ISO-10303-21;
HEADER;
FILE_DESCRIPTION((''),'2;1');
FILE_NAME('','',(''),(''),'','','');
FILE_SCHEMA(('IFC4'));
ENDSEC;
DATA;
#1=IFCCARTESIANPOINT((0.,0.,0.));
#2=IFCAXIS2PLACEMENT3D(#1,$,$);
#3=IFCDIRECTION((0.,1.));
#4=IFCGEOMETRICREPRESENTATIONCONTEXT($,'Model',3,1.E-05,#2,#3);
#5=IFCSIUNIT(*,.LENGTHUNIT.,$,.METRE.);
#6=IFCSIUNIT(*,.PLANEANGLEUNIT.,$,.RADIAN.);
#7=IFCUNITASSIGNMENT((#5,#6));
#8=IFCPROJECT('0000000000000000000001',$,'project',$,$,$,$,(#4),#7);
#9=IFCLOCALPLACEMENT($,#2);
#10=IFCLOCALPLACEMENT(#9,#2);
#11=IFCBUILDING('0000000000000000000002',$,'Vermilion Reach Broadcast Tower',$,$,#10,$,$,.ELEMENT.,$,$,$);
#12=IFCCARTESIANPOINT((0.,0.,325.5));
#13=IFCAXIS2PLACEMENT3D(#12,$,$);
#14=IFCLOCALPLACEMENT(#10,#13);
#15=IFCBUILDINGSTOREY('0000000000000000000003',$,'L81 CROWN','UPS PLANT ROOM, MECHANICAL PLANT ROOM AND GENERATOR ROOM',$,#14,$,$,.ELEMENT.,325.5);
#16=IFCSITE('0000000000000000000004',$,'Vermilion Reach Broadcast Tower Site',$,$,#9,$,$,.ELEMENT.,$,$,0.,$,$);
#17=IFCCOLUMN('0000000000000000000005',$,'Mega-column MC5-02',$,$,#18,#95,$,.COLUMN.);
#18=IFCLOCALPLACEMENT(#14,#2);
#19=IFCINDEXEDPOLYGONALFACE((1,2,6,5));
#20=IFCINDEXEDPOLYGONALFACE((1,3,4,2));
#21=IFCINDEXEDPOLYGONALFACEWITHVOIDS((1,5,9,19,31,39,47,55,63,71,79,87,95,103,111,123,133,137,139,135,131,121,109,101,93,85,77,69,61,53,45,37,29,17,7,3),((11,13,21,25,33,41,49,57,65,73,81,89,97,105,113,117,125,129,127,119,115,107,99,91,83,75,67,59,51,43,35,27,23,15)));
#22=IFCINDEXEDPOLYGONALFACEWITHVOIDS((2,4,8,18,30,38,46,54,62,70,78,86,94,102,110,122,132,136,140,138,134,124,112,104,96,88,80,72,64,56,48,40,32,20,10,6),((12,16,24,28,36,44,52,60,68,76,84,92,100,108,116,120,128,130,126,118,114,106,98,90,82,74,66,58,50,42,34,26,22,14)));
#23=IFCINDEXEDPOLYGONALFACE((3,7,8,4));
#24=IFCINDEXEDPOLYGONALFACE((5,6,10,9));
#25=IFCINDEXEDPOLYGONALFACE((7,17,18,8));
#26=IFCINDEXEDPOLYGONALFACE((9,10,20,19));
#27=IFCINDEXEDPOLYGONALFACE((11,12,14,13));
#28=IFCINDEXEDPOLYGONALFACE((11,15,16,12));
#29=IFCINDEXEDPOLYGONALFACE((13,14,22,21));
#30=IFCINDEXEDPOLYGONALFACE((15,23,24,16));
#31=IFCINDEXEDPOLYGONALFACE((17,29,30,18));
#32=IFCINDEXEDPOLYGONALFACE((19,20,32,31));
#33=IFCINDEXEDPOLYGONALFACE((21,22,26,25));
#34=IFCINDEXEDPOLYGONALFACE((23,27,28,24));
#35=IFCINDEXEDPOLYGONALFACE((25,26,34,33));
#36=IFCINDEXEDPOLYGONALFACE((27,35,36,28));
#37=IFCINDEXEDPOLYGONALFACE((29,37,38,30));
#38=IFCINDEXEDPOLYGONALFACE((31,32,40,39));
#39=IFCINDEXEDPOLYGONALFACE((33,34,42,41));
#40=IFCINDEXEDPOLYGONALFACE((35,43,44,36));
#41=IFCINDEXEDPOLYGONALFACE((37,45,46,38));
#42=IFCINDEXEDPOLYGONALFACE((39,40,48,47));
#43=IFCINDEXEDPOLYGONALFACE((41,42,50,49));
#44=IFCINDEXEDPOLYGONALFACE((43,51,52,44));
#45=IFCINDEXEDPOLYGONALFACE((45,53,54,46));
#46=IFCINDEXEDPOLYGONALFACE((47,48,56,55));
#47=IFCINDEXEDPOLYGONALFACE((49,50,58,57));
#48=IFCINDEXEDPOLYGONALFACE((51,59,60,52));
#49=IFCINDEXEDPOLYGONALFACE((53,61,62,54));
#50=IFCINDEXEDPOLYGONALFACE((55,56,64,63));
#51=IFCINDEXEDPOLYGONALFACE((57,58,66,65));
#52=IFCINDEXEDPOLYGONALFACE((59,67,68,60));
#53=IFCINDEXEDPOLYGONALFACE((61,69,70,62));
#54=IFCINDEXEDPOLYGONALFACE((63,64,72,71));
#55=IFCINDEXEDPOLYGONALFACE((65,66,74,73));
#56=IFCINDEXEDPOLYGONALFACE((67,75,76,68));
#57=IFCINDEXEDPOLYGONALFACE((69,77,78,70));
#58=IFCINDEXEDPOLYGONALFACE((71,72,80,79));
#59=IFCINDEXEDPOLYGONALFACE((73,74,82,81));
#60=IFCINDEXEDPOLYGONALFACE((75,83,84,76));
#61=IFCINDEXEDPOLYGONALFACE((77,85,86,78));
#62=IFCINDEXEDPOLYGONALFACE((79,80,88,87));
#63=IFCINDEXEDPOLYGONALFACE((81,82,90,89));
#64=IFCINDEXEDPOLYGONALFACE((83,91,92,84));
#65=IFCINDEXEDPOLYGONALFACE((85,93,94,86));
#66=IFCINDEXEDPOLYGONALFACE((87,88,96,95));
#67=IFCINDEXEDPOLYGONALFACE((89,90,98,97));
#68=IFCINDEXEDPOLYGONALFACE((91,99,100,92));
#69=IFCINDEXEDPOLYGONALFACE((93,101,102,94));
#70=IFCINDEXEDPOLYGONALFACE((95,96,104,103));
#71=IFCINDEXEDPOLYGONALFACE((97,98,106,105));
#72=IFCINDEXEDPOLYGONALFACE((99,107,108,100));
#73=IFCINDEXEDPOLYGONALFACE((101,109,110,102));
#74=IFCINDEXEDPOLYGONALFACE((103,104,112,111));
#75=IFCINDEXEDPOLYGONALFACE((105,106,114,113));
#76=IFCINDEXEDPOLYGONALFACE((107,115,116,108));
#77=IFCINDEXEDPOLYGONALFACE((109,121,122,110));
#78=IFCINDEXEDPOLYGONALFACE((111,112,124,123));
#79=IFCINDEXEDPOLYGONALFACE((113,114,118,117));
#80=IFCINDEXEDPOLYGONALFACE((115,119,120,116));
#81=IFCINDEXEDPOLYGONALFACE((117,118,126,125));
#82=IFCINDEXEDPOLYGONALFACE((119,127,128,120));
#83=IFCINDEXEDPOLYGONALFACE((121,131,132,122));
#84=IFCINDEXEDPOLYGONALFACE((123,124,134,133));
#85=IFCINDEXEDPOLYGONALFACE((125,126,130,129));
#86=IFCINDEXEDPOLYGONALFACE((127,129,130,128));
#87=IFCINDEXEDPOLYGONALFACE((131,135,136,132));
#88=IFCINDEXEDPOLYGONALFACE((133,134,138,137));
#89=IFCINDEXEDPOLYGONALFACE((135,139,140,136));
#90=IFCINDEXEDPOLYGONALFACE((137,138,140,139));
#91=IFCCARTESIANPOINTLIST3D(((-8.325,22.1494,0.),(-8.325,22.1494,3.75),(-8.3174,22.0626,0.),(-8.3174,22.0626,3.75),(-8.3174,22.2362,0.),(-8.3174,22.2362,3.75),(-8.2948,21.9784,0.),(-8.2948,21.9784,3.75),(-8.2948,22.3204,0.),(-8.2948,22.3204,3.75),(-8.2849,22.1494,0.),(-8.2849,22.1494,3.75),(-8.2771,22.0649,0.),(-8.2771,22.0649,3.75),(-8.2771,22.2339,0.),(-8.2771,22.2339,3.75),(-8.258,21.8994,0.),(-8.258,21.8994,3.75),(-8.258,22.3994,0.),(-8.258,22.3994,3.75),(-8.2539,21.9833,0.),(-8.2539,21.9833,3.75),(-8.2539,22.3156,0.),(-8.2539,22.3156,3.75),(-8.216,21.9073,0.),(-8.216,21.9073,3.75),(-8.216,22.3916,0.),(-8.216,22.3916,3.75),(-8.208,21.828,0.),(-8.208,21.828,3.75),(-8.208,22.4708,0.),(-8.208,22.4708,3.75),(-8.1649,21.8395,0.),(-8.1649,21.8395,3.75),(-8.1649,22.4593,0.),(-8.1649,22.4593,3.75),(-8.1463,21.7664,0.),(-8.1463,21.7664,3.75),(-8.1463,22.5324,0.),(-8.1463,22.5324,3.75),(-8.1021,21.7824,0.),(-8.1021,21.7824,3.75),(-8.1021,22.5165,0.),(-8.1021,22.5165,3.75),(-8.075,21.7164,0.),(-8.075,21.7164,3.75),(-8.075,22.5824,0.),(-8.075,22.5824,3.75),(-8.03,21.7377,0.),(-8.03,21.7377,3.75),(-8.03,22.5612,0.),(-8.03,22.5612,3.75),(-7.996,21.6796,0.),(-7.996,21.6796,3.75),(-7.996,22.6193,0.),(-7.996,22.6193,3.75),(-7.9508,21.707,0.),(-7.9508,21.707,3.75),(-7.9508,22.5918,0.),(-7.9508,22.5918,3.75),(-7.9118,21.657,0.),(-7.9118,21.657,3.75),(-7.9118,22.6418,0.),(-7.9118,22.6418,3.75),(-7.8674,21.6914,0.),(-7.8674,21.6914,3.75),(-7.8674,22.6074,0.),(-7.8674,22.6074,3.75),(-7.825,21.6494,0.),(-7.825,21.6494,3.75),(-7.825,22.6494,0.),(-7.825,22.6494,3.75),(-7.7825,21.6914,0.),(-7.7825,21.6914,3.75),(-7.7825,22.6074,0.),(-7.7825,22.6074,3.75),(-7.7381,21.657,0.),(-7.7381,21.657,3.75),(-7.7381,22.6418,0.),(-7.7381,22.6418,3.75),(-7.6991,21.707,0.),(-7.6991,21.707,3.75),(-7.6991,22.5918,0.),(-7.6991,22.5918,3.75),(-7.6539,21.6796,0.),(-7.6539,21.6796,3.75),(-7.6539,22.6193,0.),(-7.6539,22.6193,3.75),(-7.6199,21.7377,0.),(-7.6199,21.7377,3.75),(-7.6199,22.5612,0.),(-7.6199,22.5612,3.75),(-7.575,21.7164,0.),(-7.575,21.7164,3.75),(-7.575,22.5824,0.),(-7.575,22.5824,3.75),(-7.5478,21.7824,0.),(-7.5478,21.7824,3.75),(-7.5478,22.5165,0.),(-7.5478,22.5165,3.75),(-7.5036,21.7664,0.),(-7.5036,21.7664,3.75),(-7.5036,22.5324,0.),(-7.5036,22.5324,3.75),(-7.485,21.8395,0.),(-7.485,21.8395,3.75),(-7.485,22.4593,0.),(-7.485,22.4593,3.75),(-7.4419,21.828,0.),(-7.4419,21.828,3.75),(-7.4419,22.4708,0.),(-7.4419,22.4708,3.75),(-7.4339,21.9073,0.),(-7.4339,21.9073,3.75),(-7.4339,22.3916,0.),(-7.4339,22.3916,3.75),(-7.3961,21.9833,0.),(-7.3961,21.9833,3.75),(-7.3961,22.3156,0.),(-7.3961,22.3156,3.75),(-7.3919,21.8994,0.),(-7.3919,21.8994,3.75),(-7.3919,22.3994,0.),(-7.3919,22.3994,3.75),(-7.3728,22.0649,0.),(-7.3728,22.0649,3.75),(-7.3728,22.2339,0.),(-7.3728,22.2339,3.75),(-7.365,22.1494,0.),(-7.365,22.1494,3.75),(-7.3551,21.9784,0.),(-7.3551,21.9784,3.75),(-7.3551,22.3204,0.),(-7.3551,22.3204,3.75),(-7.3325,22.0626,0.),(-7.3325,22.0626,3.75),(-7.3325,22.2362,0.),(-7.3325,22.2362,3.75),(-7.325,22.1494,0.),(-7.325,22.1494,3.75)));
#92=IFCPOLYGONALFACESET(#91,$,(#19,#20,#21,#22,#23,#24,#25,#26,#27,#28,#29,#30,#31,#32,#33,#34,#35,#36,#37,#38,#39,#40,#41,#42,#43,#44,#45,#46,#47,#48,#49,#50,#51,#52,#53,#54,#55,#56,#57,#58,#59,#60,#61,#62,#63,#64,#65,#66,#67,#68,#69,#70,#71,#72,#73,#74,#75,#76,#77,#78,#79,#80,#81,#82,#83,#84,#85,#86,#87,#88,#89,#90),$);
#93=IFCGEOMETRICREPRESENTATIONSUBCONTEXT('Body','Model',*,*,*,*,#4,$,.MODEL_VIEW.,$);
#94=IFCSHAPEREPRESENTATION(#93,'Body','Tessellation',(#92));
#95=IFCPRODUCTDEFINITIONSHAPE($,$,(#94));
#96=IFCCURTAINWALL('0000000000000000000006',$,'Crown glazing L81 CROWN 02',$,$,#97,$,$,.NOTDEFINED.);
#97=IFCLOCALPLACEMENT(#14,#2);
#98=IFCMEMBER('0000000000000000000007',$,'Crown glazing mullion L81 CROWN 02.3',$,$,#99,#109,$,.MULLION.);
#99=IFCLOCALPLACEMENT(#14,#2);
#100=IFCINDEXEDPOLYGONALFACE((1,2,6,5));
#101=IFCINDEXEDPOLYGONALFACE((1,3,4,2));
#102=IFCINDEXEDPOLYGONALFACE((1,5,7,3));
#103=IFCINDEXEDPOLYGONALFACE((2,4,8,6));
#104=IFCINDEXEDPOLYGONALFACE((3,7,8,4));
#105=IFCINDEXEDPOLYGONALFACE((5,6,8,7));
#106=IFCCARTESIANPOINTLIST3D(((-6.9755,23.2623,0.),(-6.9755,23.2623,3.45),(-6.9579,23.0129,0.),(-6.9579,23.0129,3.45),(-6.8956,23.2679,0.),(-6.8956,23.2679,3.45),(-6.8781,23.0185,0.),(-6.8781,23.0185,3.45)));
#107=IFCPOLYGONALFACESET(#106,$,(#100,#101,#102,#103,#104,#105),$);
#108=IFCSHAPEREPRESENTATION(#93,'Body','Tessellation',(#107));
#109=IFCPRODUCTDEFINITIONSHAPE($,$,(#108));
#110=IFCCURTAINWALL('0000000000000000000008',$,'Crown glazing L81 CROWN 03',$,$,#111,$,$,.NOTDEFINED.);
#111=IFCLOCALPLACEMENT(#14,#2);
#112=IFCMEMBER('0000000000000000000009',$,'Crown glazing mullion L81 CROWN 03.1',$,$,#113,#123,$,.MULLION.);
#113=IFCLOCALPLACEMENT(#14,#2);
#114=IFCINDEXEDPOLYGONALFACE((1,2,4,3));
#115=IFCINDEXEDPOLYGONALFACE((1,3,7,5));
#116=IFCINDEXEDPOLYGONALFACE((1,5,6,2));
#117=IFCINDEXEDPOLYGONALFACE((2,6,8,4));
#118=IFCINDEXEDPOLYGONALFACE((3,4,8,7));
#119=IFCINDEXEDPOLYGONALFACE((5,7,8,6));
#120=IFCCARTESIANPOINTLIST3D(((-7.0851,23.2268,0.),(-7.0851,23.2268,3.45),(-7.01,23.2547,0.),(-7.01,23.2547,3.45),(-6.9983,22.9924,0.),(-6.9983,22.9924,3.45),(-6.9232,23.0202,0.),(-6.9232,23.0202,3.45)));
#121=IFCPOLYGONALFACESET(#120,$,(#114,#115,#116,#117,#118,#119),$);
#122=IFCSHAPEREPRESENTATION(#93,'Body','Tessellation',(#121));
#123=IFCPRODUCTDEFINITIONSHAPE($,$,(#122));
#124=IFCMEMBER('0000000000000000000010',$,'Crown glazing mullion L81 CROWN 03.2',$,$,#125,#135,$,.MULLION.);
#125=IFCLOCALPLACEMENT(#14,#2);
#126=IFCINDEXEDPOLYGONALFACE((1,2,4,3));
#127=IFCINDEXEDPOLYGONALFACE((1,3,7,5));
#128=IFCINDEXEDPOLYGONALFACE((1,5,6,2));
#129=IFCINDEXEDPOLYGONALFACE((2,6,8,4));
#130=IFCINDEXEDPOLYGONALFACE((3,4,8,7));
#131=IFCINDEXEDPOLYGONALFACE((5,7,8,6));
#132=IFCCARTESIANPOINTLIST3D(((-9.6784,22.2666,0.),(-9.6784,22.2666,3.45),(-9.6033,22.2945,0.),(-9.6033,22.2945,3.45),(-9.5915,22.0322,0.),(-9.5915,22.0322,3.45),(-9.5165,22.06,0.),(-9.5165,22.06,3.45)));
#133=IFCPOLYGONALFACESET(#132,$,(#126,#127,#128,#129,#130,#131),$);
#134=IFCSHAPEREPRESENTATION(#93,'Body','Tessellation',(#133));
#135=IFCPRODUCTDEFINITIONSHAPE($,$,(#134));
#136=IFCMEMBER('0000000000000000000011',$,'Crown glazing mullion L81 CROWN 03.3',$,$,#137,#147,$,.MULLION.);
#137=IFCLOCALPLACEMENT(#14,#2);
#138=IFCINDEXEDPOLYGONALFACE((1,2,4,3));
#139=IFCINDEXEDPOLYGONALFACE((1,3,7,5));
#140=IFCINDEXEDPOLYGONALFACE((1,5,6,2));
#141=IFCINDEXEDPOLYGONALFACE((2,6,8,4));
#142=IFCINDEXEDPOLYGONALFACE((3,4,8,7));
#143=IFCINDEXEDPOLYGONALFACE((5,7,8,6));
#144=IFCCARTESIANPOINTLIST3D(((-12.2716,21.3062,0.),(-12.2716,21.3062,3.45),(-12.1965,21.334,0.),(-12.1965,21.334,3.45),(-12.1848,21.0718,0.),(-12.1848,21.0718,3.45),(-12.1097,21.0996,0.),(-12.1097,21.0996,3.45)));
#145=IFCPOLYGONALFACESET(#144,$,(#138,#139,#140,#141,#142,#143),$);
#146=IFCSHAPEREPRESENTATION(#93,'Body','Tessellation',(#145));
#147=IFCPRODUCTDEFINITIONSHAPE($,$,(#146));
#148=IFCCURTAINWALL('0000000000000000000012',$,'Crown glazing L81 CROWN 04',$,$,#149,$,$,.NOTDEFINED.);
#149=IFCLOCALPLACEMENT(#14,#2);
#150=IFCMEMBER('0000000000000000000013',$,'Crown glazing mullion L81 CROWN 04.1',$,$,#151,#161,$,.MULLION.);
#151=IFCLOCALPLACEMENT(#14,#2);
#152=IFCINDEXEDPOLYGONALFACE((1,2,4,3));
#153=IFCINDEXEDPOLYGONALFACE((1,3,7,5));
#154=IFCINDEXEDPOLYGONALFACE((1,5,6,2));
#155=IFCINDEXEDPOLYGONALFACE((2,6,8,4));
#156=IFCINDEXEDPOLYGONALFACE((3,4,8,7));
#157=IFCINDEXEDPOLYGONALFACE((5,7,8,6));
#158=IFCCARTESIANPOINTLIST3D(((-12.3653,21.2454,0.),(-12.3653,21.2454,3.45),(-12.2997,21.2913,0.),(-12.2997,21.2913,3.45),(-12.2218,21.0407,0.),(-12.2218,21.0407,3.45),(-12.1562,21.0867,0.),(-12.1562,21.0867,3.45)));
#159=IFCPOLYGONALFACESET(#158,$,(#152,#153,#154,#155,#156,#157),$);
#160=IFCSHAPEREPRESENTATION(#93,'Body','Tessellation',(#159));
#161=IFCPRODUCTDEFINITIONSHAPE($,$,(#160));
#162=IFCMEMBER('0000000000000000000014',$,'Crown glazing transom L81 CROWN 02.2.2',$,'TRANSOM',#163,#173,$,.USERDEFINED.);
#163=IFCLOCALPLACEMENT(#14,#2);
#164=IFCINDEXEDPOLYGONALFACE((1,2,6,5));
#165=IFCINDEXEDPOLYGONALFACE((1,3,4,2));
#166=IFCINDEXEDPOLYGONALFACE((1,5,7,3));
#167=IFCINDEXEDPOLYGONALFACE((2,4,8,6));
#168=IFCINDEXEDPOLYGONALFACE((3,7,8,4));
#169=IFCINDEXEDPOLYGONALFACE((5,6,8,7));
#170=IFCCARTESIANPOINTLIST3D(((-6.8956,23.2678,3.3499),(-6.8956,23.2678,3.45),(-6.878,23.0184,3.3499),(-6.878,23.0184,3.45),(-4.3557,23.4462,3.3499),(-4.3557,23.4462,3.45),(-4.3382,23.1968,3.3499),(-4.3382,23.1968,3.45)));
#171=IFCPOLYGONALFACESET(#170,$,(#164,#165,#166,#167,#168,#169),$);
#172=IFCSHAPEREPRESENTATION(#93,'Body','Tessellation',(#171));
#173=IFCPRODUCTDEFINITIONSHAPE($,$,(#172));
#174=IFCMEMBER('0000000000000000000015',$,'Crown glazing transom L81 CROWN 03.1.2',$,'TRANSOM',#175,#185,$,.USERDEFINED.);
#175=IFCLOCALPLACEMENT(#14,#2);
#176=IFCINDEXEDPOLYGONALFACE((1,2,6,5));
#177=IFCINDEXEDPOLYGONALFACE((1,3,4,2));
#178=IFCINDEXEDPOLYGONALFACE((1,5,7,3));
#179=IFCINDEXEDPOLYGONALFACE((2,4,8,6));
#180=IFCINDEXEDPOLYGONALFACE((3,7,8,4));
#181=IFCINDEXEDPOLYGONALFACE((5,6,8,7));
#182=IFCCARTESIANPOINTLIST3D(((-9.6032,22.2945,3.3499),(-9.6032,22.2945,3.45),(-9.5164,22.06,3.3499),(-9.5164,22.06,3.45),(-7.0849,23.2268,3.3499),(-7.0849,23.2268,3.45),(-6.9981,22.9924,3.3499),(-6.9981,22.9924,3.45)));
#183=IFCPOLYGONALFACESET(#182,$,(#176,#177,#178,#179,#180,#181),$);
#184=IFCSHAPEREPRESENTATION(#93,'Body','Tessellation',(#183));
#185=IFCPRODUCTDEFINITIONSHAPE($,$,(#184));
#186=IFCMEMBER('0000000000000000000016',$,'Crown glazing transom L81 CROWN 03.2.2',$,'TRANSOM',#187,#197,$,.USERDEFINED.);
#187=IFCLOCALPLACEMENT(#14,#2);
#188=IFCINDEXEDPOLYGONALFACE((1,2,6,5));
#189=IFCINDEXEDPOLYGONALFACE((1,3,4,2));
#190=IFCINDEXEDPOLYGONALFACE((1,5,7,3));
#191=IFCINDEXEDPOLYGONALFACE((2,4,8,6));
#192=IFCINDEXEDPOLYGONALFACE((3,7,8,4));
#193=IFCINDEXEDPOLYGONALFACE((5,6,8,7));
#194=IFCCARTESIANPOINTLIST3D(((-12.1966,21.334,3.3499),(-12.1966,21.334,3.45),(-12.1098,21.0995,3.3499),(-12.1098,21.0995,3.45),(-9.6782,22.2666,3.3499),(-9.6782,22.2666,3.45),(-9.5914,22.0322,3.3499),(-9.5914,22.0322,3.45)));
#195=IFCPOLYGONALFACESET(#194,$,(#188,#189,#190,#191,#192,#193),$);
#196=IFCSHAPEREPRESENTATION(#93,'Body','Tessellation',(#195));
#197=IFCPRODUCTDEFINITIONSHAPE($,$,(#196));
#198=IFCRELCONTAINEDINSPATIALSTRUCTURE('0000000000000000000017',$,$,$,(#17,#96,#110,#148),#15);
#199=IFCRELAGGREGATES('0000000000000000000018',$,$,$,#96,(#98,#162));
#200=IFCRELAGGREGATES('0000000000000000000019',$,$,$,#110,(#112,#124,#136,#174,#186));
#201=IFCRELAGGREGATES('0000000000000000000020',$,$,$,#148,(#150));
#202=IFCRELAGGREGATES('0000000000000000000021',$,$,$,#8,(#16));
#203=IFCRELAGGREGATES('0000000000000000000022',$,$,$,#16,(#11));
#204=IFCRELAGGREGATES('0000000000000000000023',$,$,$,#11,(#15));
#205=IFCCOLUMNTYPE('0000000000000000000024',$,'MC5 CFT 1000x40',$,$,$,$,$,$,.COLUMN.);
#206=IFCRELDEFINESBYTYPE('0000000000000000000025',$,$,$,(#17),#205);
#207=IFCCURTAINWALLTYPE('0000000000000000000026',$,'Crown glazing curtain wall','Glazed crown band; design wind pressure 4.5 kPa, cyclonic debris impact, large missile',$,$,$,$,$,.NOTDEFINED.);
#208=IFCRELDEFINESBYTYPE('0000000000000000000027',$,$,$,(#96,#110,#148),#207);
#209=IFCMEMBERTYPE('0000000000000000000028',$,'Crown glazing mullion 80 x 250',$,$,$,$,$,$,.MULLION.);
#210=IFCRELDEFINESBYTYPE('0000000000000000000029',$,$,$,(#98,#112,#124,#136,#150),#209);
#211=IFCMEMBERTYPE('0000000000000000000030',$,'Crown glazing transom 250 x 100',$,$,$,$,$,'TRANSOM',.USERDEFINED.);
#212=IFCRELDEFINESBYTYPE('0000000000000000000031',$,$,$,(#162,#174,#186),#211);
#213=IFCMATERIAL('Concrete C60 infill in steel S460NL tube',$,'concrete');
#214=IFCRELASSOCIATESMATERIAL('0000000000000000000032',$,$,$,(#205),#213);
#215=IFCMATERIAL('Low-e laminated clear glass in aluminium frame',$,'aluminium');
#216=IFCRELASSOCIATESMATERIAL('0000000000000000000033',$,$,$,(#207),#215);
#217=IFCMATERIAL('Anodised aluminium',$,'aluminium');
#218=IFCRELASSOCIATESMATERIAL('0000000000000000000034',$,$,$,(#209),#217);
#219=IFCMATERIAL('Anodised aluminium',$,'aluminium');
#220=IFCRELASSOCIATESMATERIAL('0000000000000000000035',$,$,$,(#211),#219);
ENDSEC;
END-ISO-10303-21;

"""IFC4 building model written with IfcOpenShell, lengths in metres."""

from ifc_helpers import new_model, si_unit, direction, frame, origin, origin_2d, place, context, subcontext, project, spatial, rectangle, hollow_circle, extrude, material, material_profile, profile_set, type_object, element, aggregate, save


model = new_model("IFC4")

# Units and contexts
model_context = context("Model", 3, precision=1e-05, world=origin(), true_north=direction((0.0, 1.0)))
body_context = subcontext(model_context, "Body", "Model", "MODEL_VIEW")
ifc_project = project(units=[si_unit("LENGTHUNIT", "METRE"), si_unit("PLANEANGLEUNIT", "RADIAN")], contexts=[model_context])

# Site, building, storey
site_placement = place(None, origin())
site = spatial("IfcSite", under=ifc_project, at=site_placement, Name="Vermilion Reach Broadcast Tower Site", CompositionType="ELEMENT", RefElevation=0.0)
building_placement = place(site_placement, origin())
building = spatial("IfcBuilding", under=site, at=building_placement, Name="Vermilion Reach Broadcast Tower", CompositionType="ELEMENT")
storey_placement = place(building_placement, frame((0.0, 0.0, 325.5)))
storey = spatial("IfcBuildingStorey", under=building, at=storey_placement, Name="L81 CROWN", Description="UPS PLANT ROOM, MECHANICAL PLANT ROOM AND GENERATOR ROOM", CompositionType="ELEMENT", Elevation=325.5)

# Column
ifc_material_1 = material(Name="Concrete C60 infill in steel S460NL tube", Category="concrete")
ifc_material_profile_1 = material_profile(ifc_material_1, hollow_circle(Radius=0.5, WallThickness=0.04, at=origin_2d()), Name="Concrete C60 infill in steel S460NL tube CFT 1000x40")
ifc_profile_set_1 = profile_set([ifc_material_profile_1], Name="Concrete C60 infill in steel S460NL tube")
column_type = type_object("IfcColumnType", Name="MC5 CFT 1000x40", PredefinedType="COLUMN", material=ifc_profile_set_1)
column_placement = place(storey_placement, frame((-7.825, 22.1494, 0.0), z_axis=(0.0, 0.0, 1.0), x_axis=(1.0, 0.0, 0.0)))
element("IfcColumn", 1, at=column_placement, inside=storey, type_object=column_type, Name="Mega-column MC5-02", PredefinedType="COLUMN", context=body_context, shape_type="SweptSolid", body=[
    extrude(hollow_circle(Radius=0.5, WallThickness=0.04, at=origin_2d()), origin(), (0.0, 0.0, 1.0), 3.75),
])

# Curtain wall, member
ifc_material_2 = material(Name="Low-e laminated clear glass in aluminium frame", Category="aluminium")
curtain_wall_type = type_object("IfcCurtainWallType", Name="Crown glazing curtain wall", Description="Glazed crown band; design wind pressure 4.5 kPa, cyclonic debris impact, large missile", PredefinedType="NOTDEFINED", material=ifc_material_2)
placement = place(storey_placement, origin())
curtain_wall_1 = element("IfcCurtainWall", 2, at=placement, inside=storey, type_object=curtain_wall_type, Name="Crown glazing L81 CROWN 02", PredefinedType="NOTDEFINED")
ifc_material_3 = material(Name="Anodised aluminium", Category="aluminium")
ifc_material_profile_2 = material_profile(ifc_material_3, rectangle(XDim=0.25, YDim=0.0801, at=origin_2d()), Name="Crown glazing mullion 80 x 250")
ifc_profile_set_2 = profile_set([ifc_material_profile_2], Name="Anodised aluminium")
member_type_1 = type_object("IfcMemberType", Name="Crown glazing mullion 80 x 250", PredefinedType="MULLION", material=ifc_profile_set_2)
member_1_placement = place(storey_placement, frame((-6.9268, 23.1404, 0.0), z_axis=(0.0, 0.0, 1.0), x_axis=(0.070082, -0.997541, 0.0)))
member_1 = element("IfcMember", 3, at=member_1_placement, type_object=member_type_1, Name="Crown glazing mullion L81 CROWN 02.3", PredefinedType="MULLION", context=body_context, shape_type="SweptSolid", body=[
    extrude(rectangle(XDim=0.25, YDim=0.0801, at=origin_2d()), origin(), (0.0, 0.0, 1.0), 3.45),
])

# Curtain wall, members
curtain_wall_2 = element("IfcCurtainWall", 4, at=placement, inside=storey, type_object=curtain_wall_type, Name="Crown glazing L81 CROWN 03", PredefinedType="NOTDEFINED")
member_2_placement = place(storey_placement, frame((-7.0042, 23.1235, 0.0), z_axis=(0.0, 0.0, 1.0), x_axis=(0.347291, -0.937757, 0.0)))
member_2 = element("IfcMember", 5, at=member_2_placement, type_object=member_type_1, Name="Crown glazing mullion L81 CROWN 03.1", PredefinedType="MULLION", context=body_context, shape_type="SweptSolid", body=[
    extrude(rectangle(XDim=0.25, YDim=0.0801, at=origin_2d()), origin(), (0.0, 0.0, 1.0), 3.45),
])
member_3_placement = place(storey_placement, frame((-9.5974, 22.1633, 0.0), z_axis=(0.0, 0.0, 1.0), x_axis=(0.347291, -0.937757, 0.0)))
member_3 = element("IfcMember", 6, at=member_3_placement, type_object=member_type_1, Name="Crown glazing mullion L81 CROWN 03.2", PredefinedType="MULLION", context=body_context, shape_type="SweptSolid", body=[
    extrude(rectangle(XDim=0.25, YDim=0.0801, at=origin_2d()), origin(), (0.0, 0.0, 1.0), 3.45),
])
member_4_placement = place(storey_placement, frame((-12.1907, 21.2029, 0.0), z_axis=(0.0, 0.0, 1.0), x_axis=(0.347291, -0.937757, 0.0)))
member_4 = element("IfcMember", 7, at=member_4_placement, type_object=member_type_1, Name="Crown glazing mullion L81 CROWN 03.3", PredefinedType="MULLION", context=body_context, shape_type="SweptSolid", body=[
    extrude(rectangle(XDim=0.25, YDim=0.0801, at=origin_2d()), origin(), (0.0, 0.0, 1.0), 3.45),
])

# Curtain wall, member
curtain_wall_3 = element("IfcCurtainWall", 8, at=placement, inside=storey, type_object=curtain_wall_type, Name="Crown glazing L81 CROWN 04", PredefinedType="NOTDEFINED")
member_5_placement = place(storey_placement, frame((-12.2607, 21.166, 0.0), z_axis=(0.0, 0.0, 1.0), x_axis=(0.574164, -0.81874, 0.0)))
member_5 = element("IfcMember", 9, at=member_5_placement, type_object=member_type_1, Name="Crown glazing mullion L81 CROWN 04.1", PredefinedType="MULLION", context=body_context, shape_type="SweptSolid", body=[
    extrude(rectangle(XDim=0.25, YDim=0.0801, at=origin_2d()), origin(), (0.0, 0.0, 1.0), 3.45),
])

# Members
ifc_material_4 = material(Name="Anodised aluminium", Category="aluminium")
ifc_material_profile_3 = material_profile(ifc_material_4, rectangle(XDim=0.25, YDim=0.1001, at=origin_2d()), Name="Crown glazing transom 250 x 100")
ifc_profile_set_3 = profile_set([ifc_material_profile_3], Name="Anodised aluminium")
member_type_2 = type_object("IfcMemberType", Name="Crown glazing transom 250 x 100", ElementType="TRANSOM", PredefinedType="USERDEFINED", material=ifc_profile_set_3)
member_6_placement = place(storey_placement, frame((-4.3469, 23.3215, 3.3999), z_axis=(-0.99754, -0.070095, 0.0), x_axis=(0.070095, -0.99754, 0.0)))
member_6 = element("IfcMember", 10, at=member_6_placement, type_object=member_type_2, Name="Crown glazing transom L81 CROWN 02.2.2", ObjectType="TRANSOM", PredefinedType="USERDEFINED", context=body_context, shape_type="SweptSolid", body=[
    extrude(rectangle(XDim=0.25, YDim=0.1001, at=origin_2d()), origin(), (0.0, 0.0, 1.0), 2.5461),
])
member_7_placement = place(storey_placement, frame((-7.0415, 23.1096, 3.3999), z_axis=(-0.937789, -0.347205, 0.0), x_axis=(0.347205, -0.937789, 0.0)))
member_7 = element("IfcMember", 11, at=member_7_placement, type_object=member_type_2, Name="Crown glazing transom L81 CROWN 03.1.2", ObjectType="TRANSOM", PredefinedType="USERDEFINED", context=body_context, shape_type="SweptSolid", body=[
    extrude(rectangle(XDim=0.25, YDim=0.1001, at=origin_2d()), origin(), (0.0, 0.0, 1.0), 2.6853),
])
member_8_placement = place(storey_placement, frame((-9.6348, 22.1494, 3.3999), z_axis=(-0.93776, -0.347285, 0.0), x_axis=(0.347285, -0.93776, 0.0)))
member_8 = element("IfcMember", 12, at=member_8_placement, type_object=member_type_2, Name="Crown glazing transom L81 CROWN 03.2.2", ObjectType="TRANSOM", PredefinedType="USERDEFINED", context=body_context, shape_type="SweptSolid", body=[
    extrude(rectangle(XDim=0.25, YDim=0.1001, at=origin_2d()), origin(), (0.0, 0.0, 1.0), 2.6855),
])

aggregate(curtain_wall_1, [member_1, member_6])
aggregate(curtain_wall_2, [member_2, member_3, member_4, member_7, member_8])
aggregate(curtain_wall_3, [member_5])

save(model, "model.ifc")
